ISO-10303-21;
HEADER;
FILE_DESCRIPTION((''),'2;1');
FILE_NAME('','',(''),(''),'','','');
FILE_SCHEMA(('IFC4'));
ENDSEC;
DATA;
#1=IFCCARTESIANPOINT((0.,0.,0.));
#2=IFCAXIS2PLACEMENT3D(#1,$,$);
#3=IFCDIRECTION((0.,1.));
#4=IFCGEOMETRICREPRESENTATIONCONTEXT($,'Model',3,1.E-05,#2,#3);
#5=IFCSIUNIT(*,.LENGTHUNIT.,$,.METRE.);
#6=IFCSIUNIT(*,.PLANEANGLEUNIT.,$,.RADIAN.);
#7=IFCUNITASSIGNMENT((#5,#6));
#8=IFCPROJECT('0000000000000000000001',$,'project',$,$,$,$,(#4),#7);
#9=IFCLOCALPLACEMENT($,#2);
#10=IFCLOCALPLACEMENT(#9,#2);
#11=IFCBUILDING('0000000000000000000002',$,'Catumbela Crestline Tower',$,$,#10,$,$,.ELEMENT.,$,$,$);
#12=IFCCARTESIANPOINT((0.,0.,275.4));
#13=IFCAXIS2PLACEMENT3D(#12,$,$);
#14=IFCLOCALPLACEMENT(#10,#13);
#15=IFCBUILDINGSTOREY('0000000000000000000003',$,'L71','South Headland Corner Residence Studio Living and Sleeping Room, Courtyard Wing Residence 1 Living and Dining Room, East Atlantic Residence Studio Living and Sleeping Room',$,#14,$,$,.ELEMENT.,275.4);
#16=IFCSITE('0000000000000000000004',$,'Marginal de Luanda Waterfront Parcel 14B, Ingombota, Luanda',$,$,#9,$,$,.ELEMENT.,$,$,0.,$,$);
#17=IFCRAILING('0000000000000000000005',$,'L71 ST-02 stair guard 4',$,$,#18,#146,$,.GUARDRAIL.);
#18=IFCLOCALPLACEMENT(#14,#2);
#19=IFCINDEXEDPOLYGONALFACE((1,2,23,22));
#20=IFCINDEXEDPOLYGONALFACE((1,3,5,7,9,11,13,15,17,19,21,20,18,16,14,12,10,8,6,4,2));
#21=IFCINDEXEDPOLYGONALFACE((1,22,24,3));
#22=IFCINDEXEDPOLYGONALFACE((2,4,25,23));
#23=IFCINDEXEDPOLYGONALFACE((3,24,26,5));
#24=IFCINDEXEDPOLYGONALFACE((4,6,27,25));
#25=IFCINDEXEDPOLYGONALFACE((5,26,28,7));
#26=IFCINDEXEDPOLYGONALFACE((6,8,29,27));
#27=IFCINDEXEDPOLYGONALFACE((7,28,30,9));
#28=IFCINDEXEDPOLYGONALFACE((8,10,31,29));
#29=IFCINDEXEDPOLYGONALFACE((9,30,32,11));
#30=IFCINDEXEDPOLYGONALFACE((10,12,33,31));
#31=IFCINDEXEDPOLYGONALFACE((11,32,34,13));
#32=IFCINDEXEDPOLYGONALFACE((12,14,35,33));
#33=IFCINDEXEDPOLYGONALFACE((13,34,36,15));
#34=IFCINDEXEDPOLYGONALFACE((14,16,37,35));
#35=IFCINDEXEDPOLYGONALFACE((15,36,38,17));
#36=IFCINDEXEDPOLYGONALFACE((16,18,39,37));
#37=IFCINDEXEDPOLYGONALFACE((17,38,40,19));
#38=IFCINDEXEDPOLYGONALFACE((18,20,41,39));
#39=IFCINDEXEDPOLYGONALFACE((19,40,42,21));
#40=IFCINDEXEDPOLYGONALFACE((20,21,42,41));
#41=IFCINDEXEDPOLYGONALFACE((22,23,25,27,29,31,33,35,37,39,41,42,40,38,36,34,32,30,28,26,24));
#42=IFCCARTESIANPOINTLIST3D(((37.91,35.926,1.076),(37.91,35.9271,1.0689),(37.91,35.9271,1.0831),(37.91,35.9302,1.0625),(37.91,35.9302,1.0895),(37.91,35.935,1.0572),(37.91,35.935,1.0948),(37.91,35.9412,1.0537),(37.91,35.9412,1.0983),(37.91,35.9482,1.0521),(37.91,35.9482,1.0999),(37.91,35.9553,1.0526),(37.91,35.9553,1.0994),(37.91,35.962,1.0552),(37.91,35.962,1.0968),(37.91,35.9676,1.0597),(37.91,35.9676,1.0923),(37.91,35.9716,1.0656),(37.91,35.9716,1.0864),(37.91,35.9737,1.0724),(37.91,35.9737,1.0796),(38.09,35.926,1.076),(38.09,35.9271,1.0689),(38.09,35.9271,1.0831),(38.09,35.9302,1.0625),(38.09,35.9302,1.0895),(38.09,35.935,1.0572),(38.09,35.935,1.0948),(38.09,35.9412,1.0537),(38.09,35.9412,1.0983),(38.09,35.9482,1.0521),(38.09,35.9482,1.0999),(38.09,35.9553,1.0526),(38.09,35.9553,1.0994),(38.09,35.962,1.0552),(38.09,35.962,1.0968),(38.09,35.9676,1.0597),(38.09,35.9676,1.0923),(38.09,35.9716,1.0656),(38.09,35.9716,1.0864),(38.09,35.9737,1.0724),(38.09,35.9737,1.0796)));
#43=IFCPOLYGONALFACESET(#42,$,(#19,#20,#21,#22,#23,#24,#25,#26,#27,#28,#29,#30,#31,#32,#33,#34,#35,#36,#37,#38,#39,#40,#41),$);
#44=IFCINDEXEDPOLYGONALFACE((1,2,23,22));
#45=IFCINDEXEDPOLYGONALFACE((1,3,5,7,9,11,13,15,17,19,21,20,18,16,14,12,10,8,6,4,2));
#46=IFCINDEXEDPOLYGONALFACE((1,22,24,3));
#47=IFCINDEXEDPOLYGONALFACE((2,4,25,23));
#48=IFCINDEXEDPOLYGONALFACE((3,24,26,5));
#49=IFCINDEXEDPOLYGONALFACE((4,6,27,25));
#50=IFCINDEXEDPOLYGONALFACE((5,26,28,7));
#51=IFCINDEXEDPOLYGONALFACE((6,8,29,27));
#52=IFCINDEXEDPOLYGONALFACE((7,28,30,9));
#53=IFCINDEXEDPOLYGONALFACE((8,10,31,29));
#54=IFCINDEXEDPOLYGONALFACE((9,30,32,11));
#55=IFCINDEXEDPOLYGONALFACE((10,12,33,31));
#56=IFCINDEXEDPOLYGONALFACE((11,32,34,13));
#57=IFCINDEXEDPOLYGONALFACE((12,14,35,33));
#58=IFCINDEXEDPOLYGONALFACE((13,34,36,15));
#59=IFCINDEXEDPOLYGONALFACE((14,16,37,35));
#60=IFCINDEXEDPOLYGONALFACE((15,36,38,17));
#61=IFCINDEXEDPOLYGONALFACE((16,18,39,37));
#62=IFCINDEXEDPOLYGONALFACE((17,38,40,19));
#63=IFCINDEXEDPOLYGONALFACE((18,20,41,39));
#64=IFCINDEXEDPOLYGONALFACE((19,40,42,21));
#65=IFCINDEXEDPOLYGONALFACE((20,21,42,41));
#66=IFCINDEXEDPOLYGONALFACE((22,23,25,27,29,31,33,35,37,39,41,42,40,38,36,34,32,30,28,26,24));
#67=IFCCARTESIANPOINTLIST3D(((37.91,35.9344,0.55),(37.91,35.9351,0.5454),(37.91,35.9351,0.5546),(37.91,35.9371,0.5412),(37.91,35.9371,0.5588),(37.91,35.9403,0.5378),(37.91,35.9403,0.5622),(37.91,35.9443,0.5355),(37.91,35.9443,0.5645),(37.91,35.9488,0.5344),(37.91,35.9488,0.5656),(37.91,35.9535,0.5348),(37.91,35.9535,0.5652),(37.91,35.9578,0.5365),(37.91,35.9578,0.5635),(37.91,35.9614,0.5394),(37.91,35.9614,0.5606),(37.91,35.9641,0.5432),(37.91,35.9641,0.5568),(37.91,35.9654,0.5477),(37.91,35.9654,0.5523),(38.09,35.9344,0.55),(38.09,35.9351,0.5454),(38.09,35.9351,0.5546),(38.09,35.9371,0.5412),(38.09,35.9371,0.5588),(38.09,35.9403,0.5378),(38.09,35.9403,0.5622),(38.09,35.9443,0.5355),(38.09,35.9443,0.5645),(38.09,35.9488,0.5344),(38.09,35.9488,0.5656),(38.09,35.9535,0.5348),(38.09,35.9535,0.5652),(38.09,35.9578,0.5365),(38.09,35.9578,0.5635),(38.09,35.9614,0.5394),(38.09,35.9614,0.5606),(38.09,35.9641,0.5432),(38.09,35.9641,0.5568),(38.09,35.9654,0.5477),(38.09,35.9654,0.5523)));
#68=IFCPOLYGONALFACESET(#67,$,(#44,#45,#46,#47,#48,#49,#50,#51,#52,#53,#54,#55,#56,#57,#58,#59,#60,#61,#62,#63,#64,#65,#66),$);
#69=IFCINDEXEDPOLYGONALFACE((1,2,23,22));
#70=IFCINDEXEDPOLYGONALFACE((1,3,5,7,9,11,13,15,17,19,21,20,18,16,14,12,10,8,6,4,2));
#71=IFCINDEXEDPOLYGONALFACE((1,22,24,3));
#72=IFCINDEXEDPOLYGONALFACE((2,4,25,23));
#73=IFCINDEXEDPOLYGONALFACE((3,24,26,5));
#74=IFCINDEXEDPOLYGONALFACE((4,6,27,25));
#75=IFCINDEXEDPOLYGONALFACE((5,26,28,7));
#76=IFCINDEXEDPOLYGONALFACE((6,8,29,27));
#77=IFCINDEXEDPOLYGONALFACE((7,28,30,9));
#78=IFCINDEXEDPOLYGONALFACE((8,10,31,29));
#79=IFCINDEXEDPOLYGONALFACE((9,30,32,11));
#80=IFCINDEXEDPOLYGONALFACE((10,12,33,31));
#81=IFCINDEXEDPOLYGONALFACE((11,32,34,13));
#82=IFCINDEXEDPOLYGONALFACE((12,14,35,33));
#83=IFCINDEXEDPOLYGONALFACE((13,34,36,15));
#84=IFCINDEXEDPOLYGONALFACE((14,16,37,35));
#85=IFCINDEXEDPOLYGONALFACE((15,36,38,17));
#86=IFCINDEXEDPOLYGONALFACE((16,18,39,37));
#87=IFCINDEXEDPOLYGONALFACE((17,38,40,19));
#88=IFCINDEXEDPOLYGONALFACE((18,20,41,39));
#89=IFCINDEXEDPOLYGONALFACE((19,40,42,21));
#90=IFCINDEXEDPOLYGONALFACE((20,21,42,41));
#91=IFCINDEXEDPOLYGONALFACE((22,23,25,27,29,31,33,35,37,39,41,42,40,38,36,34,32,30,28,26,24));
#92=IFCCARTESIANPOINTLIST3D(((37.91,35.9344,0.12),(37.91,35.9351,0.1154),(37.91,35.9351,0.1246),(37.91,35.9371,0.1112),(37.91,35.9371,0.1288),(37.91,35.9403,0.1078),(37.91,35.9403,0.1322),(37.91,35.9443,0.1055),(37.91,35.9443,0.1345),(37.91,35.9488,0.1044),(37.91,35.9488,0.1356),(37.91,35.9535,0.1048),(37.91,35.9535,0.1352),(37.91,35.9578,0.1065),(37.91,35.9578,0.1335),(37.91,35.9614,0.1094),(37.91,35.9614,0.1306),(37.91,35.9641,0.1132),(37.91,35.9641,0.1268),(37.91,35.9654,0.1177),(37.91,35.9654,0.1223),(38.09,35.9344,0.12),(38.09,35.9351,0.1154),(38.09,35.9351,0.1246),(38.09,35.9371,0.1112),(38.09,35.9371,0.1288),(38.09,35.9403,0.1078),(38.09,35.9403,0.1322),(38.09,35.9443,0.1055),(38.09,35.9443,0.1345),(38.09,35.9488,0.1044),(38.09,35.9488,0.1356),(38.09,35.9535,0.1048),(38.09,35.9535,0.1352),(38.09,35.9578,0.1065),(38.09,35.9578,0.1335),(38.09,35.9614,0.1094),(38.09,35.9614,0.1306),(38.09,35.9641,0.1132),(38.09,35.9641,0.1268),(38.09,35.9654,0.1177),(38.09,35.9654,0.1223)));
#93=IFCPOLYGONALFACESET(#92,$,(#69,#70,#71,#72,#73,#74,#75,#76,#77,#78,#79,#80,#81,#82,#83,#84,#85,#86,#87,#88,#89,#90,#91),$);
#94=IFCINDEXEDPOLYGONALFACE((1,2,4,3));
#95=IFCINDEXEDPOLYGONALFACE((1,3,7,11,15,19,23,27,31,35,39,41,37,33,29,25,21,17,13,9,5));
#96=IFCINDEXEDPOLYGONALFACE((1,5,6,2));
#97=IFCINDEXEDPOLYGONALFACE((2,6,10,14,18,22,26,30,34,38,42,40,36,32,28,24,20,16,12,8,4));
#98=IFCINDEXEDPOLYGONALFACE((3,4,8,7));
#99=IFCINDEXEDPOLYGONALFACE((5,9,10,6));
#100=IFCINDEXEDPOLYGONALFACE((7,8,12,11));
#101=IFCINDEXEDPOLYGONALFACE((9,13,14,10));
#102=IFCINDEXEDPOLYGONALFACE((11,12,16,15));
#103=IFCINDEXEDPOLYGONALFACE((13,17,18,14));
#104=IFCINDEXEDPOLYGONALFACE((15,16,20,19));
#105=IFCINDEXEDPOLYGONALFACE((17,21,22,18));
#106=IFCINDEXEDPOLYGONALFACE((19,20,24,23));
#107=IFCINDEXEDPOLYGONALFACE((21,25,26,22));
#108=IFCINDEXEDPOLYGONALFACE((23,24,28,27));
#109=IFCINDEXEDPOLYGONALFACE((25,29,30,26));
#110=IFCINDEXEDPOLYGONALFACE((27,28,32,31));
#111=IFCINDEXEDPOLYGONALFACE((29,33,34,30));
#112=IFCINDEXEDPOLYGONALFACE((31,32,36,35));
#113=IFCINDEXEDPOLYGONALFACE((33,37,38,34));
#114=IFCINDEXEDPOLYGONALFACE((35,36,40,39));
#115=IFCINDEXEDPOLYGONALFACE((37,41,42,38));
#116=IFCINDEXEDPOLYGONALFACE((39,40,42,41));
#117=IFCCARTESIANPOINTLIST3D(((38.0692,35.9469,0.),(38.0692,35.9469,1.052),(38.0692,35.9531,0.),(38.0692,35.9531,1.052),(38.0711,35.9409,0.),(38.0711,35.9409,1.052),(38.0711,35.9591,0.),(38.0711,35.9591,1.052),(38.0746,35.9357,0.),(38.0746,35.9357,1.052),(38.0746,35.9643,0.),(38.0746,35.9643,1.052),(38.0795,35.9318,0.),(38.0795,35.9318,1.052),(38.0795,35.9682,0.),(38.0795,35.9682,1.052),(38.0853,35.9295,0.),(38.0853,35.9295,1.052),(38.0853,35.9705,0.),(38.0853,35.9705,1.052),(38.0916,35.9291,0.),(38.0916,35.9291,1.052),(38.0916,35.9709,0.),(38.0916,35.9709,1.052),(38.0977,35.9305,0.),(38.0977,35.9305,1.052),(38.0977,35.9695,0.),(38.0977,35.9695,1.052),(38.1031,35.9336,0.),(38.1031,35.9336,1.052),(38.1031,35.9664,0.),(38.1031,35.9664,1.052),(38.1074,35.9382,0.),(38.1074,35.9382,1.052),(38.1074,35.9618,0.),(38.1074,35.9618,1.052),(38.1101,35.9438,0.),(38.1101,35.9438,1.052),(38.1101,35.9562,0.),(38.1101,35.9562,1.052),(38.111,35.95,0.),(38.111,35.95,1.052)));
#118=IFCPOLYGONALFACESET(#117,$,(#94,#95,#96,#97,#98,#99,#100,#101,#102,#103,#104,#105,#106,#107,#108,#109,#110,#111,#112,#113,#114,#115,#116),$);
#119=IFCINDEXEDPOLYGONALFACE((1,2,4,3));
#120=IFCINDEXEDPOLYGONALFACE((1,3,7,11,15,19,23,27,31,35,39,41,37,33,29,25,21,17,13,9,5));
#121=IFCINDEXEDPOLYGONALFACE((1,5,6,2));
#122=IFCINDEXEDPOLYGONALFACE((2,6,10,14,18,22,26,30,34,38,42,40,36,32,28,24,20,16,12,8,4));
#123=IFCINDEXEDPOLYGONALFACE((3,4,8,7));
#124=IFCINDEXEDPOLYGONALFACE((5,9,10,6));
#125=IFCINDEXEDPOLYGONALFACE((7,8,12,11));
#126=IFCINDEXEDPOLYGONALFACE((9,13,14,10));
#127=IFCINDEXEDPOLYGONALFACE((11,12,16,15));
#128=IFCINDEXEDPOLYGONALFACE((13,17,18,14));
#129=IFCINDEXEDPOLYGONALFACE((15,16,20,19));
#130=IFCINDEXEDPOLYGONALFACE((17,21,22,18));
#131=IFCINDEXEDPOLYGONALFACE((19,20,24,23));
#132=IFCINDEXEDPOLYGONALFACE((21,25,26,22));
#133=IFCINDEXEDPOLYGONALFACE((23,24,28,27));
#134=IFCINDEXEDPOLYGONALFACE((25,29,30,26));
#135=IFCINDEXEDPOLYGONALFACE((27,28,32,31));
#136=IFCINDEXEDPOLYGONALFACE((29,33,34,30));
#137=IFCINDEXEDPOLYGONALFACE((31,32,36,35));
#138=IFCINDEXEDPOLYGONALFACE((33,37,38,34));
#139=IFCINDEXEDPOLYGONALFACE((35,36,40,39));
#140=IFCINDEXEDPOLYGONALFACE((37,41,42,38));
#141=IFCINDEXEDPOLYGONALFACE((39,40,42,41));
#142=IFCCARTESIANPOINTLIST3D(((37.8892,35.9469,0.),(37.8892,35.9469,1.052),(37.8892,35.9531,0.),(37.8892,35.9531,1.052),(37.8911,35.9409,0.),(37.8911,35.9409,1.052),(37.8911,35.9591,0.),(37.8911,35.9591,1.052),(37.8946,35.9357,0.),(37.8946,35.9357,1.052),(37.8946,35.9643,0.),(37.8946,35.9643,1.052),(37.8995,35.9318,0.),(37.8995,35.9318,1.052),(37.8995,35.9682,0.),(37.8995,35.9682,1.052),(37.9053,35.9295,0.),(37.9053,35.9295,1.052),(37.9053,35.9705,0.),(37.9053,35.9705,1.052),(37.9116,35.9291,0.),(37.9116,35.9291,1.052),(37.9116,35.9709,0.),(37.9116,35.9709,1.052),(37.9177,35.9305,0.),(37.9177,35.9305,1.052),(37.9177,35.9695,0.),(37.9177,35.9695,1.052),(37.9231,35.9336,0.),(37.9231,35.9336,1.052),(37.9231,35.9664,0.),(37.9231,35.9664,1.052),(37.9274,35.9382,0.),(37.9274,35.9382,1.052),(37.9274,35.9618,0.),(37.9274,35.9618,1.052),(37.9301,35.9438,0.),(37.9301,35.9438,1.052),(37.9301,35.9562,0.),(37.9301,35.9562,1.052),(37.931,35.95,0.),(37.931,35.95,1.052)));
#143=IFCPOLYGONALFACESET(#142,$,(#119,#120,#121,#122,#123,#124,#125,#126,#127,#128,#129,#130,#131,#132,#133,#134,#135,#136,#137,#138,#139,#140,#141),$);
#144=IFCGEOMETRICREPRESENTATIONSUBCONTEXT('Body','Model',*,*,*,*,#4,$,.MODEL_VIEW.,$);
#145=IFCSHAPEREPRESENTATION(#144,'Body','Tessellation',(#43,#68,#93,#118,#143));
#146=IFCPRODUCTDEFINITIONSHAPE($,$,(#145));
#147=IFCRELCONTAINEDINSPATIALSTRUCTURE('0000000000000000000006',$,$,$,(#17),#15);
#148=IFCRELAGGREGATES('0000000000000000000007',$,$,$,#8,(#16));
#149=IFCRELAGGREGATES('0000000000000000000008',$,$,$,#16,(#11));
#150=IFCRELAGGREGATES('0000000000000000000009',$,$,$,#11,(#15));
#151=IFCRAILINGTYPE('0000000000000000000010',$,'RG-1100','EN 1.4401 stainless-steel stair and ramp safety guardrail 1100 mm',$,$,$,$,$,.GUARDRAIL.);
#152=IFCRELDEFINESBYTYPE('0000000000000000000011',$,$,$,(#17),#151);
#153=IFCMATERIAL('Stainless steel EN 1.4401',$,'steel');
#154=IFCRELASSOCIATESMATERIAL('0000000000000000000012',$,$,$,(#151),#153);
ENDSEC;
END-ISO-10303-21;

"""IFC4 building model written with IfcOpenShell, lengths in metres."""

from ifc_helpers import new_model, si_unit, direction, frame, origin, origin_2d, place, context, subcontext, project, spatial, circle, extrude, material, type_object, element, save


model = new_model("IFC4")

# Units and contexts
model_context = context("Model", 3, precision=1e-05, world=origin(), true_north=direction((0.0, 1.0)))
body_context = subcontext(model_context, "Body", "Model", "MODEL_VIEW")
ifc_project = project(units=[si_unit("LENGTHUNIT", "METRE"), si_unit("PLANEANGLEUNIT", "RADIAN")], contexts=[model_context])

# Site, building, storey
site_placement = place(None, origin())
site = spatial("IfcSite", under=ifc_project, at=site_placement, Name="Marginal de Luanda Waterfront Parcel 14B, Ingombota, Luanda", CompositionType="ELEMENT", RefElevation=0.0)
building_placement = place(site_placement, origin())
building = spatial("IfcBuilding", under=site, at=building_placement, Name="Catumbela Crestline Tower", CompositionType="ELEMENT")
storey_placement = place(building_placement, frame((0.0, 0.0, 275.4)))
storey = spatial("IfcBuildingStorey", under=building, at=storey_placement, Name="L71", Description="South Headland Corner Residence Studio Living and Sleeping Room, Courtyard Wing Residence 1 Living and Dining Room, East Atlantic Residence Studio Living and Sleeping Room", CompositionType="ELEMENT", Elevation=275.4)

# Shared definitions
ifc_material_1 = material(Name="Stainless steel EN 1.4401", Category="steel")

# Railing
railing_type_1 = type_object("IfcRailingType", Name="RG-1100", Description="EN 1.4401 stainless-steel stair and ramp safety guardrail 1100 mm", PredefinedType="GUARDRAIL", material=ifc_material_1)
railing_1_placement = place(storey_placement, frame((38.09, 35.95, 0.0)))
element("IfcRailing", 1, at=railing_1_placement, inside=storey, type_object=railing_type_1, Name="L71 ST-02 stair guard 4", PredefinedType="GUARDRAIL", context=body_context, shape_type="SweptSolid", body=[
    extrude(circle(Radius=0.024, at=origin_2d()), frame((0.0, 0.0, 1.076), z_axis=(-1.0, 0.0, 0.0), x_axis=(0.0, -1.0, 0.0)), (0.0, 0.0, 1.0), 0.18),
    extrude(circle(Radius=0.0156, at=origin_2d()), frame((0.0, 0.0, 0.55), z_axis=(-1.0, 0.0, 0.0), x_axis=(0.0, -1.0, 0.0)), (0.0, 0.0, 1.0), 0.18),
    extrude(circle(Radius=0.0156, at=origin_2d()), frame((0.0, 0.0, 0.12), z_axis=(-1.0, 0.0, 0.0), x_axis=(0.0, -1.0, 0.0)), (0.0, 0.0, 1.0), 0.18),
    extrude(circle(Radius=0.021, at=origin_2d()), origin(), (0.0, 0.0, 1.0), 1.052),
    extrude(circle(Radius=0.021, at=origin_2d()), frame((-0.18, 0.0, 0.0)), (0.0, 0.0, 1.0), 1.052),
])

save(model, "model.ifc")
